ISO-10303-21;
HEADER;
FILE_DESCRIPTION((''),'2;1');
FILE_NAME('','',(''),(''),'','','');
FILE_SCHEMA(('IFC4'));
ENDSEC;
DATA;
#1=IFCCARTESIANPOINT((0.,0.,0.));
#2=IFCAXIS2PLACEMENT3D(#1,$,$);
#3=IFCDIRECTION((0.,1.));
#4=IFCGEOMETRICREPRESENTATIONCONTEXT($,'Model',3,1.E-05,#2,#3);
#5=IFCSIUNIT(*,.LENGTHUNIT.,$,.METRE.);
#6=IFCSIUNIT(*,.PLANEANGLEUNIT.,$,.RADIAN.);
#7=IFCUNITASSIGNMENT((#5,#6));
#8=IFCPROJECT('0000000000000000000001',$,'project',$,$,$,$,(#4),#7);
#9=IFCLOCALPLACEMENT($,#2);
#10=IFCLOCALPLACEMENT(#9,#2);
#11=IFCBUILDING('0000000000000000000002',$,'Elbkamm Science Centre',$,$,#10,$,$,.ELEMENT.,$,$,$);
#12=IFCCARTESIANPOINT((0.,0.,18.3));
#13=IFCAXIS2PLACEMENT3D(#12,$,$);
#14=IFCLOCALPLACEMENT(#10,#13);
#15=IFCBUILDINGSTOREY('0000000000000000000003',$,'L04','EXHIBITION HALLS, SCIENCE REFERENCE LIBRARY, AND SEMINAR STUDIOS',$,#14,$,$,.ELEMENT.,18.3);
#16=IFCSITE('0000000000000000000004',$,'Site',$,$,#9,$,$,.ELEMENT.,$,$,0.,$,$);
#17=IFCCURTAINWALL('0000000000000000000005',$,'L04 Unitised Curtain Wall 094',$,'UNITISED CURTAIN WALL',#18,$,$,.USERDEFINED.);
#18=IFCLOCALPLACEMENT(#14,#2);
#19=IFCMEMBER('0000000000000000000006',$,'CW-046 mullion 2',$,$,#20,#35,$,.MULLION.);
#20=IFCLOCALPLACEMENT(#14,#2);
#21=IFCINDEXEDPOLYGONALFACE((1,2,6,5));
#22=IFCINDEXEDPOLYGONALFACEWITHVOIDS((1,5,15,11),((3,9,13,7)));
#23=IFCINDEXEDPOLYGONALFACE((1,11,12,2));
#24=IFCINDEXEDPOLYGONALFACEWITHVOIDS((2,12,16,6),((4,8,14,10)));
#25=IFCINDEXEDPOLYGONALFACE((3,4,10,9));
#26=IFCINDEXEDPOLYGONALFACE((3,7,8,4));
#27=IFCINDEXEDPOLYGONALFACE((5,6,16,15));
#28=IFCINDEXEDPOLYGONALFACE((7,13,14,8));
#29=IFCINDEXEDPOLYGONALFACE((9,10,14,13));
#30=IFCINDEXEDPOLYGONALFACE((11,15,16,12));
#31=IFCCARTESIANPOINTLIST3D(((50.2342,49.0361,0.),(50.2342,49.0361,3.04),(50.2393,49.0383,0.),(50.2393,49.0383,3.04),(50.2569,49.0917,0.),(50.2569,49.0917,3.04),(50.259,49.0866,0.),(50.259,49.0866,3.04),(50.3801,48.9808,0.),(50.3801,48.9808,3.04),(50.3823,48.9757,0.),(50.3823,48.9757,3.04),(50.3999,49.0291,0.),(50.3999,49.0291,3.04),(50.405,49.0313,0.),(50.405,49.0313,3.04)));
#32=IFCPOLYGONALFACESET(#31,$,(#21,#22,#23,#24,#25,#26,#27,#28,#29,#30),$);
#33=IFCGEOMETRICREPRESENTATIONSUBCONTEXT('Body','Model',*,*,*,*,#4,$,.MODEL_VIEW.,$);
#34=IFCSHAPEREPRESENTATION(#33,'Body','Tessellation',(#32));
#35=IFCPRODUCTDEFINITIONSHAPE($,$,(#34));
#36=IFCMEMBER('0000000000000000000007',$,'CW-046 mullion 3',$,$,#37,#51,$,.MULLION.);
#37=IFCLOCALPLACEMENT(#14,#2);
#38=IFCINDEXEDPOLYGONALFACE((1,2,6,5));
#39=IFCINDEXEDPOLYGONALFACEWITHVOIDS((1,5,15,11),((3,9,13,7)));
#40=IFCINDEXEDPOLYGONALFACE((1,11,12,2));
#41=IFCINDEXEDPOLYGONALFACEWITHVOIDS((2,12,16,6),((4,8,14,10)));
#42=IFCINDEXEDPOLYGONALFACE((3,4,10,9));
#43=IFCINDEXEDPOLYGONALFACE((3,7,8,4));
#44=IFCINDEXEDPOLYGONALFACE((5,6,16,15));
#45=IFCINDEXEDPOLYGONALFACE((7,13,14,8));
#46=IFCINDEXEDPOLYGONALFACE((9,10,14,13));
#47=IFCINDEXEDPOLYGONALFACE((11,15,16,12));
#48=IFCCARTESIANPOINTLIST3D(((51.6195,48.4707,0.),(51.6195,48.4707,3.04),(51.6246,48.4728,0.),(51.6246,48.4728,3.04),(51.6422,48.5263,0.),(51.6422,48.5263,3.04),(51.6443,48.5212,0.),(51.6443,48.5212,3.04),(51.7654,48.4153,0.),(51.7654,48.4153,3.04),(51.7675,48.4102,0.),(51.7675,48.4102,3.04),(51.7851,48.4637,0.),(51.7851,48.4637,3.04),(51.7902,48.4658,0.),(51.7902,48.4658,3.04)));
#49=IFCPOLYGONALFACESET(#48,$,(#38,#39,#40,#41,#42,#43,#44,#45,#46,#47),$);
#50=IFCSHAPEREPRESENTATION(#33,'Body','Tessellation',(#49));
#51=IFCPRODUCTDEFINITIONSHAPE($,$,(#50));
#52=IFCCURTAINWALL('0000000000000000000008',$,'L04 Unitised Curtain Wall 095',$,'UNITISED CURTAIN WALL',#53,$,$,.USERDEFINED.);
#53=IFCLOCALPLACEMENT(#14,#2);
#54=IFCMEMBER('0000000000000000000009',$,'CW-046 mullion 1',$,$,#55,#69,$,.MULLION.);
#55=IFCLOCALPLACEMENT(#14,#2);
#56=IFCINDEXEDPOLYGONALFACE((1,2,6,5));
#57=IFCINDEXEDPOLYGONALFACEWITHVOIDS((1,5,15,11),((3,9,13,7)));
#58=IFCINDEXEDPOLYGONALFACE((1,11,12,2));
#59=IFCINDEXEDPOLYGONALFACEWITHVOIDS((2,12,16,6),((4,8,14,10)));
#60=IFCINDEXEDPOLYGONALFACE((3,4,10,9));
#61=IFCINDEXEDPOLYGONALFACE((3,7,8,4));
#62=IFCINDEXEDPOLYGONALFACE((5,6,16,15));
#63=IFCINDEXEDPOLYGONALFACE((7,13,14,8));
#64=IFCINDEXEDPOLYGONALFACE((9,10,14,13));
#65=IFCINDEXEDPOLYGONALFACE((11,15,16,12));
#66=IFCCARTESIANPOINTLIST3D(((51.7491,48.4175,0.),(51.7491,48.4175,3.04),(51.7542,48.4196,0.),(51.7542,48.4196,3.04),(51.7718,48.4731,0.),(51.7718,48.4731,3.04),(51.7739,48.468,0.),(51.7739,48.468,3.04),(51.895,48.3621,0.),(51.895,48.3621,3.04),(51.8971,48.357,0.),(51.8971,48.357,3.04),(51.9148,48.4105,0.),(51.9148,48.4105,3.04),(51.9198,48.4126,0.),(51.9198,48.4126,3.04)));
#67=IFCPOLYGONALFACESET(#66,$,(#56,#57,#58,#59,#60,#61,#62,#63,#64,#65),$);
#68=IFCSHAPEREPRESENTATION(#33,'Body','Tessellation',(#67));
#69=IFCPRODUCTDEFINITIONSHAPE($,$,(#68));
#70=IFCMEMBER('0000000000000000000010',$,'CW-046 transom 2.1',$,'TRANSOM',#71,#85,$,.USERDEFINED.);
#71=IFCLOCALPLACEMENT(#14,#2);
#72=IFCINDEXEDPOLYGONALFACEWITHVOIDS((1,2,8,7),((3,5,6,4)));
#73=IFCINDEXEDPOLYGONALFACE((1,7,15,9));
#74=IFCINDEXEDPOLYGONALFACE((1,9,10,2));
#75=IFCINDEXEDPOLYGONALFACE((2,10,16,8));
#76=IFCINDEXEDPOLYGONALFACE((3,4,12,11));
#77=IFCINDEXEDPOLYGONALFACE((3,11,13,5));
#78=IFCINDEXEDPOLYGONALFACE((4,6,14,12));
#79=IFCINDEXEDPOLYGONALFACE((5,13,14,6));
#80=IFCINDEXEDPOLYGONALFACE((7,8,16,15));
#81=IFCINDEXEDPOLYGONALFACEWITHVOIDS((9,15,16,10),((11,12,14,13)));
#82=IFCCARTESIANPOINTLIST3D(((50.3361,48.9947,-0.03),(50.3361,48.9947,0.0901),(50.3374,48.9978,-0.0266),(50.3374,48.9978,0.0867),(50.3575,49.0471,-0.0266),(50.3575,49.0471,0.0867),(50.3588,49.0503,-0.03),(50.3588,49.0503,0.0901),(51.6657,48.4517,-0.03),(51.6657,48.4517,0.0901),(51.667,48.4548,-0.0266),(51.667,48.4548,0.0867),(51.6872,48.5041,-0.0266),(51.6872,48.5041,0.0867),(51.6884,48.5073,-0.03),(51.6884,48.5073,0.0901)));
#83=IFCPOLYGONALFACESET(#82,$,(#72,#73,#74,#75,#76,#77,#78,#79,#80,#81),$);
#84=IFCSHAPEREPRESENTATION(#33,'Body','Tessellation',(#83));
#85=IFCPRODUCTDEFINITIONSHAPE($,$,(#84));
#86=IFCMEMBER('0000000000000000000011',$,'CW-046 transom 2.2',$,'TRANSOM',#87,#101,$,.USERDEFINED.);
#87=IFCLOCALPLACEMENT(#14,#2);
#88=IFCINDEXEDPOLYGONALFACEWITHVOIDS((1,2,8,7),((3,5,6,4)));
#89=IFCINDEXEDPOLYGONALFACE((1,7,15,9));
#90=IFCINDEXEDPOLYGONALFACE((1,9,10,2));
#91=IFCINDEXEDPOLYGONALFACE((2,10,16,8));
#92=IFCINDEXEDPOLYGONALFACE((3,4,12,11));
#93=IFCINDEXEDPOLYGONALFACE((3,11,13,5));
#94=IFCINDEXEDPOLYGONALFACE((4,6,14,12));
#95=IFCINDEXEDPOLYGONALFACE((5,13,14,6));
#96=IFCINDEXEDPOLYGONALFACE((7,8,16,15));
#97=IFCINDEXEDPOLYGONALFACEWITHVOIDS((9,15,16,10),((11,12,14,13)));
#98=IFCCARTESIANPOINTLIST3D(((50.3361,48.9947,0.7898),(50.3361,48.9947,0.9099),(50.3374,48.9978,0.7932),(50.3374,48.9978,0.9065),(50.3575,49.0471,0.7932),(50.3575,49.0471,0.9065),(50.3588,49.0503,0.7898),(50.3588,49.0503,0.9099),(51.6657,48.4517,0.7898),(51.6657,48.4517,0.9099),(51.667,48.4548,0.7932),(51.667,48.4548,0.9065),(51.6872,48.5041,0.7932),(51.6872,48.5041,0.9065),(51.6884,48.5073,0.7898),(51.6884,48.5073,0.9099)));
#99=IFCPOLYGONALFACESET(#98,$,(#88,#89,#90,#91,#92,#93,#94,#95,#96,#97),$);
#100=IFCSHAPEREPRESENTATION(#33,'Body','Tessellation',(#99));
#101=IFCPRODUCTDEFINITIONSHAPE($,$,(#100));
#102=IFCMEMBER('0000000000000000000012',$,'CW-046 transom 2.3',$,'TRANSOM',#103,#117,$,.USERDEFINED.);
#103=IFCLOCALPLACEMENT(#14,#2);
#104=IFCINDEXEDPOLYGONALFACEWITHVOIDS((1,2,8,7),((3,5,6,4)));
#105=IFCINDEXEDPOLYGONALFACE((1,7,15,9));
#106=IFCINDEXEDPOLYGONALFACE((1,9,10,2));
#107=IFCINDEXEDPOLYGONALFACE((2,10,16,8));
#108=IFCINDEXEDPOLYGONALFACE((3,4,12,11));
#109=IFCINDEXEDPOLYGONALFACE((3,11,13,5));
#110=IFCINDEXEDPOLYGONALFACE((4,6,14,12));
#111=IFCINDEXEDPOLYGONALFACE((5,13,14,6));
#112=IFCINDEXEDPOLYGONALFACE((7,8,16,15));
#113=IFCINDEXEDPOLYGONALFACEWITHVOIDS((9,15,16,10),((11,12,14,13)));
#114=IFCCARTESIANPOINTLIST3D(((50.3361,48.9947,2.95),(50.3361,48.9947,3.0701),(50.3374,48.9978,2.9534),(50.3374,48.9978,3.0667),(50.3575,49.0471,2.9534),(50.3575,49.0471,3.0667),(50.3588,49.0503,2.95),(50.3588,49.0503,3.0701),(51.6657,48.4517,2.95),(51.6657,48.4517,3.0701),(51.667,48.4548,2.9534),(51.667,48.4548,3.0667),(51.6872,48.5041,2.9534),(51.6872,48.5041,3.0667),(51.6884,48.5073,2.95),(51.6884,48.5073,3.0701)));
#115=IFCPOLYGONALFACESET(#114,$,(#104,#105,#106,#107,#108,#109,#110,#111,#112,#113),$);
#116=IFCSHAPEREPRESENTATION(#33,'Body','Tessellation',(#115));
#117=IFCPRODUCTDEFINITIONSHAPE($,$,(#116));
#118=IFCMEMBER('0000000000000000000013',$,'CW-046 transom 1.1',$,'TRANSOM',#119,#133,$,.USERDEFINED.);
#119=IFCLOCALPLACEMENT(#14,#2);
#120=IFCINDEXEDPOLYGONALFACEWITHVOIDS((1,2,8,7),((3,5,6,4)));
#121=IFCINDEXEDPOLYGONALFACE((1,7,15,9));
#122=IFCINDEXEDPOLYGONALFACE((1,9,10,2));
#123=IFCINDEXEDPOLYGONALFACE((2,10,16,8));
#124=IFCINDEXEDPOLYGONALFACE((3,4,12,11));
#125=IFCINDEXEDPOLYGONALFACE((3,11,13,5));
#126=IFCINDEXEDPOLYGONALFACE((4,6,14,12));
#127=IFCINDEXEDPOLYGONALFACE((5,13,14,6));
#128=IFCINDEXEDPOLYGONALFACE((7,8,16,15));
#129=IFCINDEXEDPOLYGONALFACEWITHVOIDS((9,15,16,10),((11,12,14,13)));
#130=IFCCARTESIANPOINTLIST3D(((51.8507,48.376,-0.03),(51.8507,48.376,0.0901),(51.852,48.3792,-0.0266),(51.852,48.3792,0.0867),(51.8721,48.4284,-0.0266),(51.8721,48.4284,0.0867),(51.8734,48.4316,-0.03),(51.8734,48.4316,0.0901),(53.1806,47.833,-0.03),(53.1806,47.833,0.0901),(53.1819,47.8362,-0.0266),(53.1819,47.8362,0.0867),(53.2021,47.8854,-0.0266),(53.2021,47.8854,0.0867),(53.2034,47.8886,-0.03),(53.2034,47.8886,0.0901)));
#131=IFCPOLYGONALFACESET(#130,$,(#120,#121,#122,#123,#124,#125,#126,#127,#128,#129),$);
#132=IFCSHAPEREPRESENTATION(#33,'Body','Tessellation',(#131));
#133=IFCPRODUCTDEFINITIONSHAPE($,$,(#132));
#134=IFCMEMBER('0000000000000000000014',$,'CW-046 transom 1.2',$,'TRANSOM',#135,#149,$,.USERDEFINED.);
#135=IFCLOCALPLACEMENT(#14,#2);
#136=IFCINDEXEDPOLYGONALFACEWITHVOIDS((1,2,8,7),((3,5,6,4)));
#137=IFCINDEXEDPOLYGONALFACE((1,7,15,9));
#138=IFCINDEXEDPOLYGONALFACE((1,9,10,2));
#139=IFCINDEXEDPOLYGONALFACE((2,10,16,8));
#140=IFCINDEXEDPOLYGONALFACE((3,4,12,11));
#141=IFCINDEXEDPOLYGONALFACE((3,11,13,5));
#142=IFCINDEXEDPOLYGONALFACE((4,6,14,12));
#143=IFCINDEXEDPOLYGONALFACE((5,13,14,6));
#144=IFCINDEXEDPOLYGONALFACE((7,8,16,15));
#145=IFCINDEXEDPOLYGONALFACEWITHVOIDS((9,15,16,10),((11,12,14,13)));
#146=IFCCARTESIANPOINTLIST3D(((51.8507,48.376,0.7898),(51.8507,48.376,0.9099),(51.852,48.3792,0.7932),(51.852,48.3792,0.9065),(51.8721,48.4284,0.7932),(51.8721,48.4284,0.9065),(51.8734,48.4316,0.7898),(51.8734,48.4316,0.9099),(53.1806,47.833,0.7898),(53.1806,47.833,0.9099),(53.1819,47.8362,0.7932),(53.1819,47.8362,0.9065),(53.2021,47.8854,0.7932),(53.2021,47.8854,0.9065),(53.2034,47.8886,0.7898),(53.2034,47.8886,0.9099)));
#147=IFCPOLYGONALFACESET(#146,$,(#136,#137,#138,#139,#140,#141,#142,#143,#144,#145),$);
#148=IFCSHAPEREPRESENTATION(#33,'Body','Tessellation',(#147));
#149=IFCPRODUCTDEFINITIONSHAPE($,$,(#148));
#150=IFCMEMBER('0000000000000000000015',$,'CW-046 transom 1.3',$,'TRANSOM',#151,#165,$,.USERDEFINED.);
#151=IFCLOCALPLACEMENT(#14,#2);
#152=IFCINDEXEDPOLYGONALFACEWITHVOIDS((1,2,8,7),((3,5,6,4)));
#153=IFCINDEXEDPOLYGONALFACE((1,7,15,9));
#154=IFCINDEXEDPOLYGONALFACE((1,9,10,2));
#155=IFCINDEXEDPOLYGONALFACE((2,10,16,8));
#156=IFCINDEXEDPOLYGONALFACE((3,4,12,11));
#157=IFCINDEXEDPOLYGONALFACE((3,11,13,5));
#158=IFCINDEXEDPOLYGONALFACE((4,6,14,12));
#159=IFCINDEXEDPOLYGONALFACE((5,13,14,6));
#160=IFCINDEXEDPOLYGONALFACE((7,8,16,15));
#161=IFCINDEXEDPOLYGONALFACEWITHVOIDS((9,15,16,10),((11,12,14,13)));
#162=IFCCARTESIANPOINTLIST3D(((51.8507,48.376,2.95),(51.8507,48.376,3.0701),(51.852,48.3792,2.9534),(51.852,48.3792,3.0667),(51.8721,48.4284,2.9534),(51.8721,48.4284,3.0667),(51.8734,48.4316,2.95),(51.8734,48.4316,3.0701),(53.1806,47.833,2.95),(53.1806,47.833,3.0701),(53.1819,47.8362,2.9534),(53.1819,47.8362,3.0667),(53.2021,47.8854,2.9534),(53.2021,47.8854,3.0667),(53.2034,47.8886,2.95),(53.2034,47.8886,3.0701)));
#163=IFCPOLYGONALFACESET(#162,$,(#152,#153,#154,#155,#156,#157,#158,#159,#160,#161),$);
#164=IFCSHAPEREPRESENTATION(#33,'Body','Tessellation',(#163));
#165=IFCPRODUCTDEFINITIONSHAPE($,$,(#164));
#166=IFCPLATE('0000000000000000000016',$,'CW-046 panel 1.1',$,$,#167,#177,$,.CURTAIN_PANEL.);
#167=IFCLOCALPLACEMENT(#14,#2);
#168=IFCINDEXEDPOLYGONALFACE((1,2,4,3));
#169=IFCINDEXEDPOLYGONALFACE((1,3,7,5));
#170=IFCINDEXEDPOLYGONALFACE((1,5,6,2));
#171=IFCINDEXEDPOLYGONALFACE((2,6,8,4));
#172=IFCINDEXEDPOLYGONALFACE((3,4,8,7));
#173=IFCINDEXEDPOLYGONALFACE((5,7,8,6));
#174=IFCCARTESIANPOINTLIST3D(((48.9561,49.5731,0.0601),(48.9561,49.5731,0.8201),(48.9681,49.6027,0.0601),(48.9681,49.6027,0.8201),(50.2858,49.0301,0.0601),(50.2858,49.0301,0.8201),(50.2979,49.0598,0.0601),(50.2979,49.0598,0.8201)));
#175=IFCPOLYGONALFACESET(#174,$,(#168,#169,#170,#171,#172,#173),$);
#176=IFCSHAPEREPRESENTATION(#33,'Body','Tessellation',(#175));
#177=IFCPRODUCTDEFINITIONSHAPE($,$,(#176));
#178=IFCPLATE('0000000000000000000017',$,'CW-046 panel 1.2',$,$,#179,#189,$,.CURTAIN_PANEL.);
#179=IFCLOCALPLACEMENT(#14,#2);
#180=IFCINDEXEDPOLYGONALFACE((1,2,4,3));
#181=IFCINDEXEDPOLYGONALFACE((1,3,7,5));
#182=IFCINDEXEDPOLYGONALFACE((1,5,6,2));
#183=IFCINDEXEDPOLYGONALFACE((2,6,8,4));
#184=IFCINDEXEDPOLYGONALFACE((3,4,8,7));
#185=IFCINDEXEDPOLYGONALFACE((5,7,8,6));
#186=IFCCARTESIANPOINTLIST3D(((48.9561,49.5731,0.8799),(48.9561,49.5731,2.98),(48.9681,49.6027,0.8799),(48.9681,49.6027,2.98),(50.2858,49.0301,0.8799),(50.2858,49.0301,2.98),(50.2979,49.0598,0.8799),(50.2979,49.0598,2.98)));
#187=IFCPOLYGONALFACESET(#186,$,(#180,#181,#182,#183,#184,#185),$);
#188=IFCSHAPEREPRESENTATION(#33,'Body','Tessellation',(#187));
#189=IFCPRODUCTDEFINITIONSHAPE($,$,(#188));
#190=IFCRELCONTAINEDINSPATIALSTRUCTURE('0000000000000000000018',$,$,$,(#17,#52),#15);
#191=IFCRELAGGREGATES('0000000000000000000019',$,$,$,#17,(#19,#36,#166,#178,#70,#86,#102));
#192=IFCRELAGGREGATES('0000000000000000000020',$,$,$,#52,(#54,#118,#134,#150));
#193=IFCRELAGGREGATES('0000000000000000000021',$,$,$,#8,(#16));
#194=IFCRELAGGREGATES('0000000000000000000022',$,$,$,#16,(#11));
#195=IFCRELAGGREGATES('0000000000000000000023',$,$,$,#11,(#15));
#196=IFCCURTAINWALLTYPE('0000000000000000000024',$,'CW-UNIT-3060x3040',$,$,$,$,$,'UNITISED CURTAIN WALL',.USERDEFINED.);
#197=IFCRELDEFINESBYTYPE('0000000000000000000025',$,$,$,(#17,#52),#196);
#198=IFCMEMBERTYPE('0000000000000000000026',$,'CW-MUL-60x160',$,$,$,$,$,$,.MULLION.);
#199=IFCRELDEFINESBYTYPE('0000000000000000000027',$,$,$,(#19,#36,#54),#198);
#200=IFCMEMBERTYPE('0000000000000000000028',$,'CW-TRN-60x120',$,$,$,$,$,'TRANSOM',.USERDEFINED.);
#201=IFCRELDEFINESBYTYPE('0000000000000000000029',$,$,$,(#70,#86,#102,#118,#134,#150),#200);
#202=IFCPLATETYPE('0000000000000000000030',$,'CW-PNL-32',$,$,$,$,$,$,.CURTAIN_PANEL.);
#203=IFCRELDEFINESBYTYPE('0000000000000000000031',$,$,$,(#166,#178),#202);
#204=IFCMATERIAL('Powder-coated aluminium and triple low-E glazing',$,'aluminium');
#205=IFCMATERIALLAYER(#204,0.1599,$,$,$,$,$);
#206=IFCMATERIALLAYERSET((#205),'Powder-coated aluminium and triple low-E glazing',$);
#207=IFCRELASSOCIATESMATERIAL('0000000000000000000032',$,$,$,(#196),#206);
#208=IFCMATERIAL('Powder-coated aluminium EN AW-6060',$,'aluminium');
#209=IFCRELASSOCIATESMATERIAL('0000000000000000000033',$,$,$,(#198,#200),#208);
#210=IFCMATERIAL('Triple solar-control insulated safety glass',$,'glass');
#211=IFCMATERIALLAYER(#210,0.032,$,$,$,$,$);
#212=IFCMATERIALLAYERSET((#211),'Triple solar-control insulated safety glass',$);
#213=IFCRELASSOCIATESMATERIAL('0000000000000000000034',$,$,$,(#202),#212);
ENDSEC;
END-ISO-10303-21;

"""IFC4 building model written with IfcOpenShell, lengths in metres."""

from ifc_helpers import new_model, si_unit, direction, frame, origin, origin_2d, place, context, subcontext, project, spatial, rectangle, hollow_rectangle, extrude, material, layer, layer_set, material_profile, profile_set, type_object, element, aggregate, save


model = new_model("IFC4")

# Units and contexts
model_context = context("Model", 3, precision=1e-05, world=origin(), true_north=direction((0.0, 1.0)))
body_context = subcontext(model_context, "Body", "Model", "MODEL_VIEW")
ifc_project = project(units=[si_unit("LENGTHUNIT", "METRE"), si_unit("PLANEANGLEUNIT", "RADIAN")], contexts=[model_context])

# Site, building, storey
site_placement = place(None, origin())
site = spatial("IfcSite", under=ifc_project, at=site_placement, Name="Site", CompositionType="ELEMENT", RefElevation=0.0)
building_placement = place(site_placement, origin())
building = spatial("IfcBuilding", under=site, at=building_placement, Name="Elbkamm Science Centre", CompositionType="ELEMENT")
storey_placement = place(building_placement, frame((0.0, 0.0, 18.3)))
storey = spatial("IfcBuildingStorey", under=building, at=storey_placement, Name="L04", Description="EXHIBITION HALLS, SCIENCE REFERENCE LIBRARY, AND SEMINAR STUDIOS", CompositionType="ELEMENT", Elevation=18.3)

# Curtain wall, members
ifc_material_1 = material(Name="Powder-coated aluminium and triple low-E glazing", Category="aluminium")
ifc_layer_1 = layer(ifc_material_1, 0.1599)
ifc_layer_set_1 = layer_set([ifc_layer_1], Name="Powder-coated aluminium and triple low-E glazing")
curtain_wall_type = type_object("IfcCurtainWallType", Name="CW-UNIT-3060x3040", ElementType="UNITISED CURTAIN WALL", PredefinedType="USERDEFINED", material=ifc_layer_set_1)
curtain_wall_1_placement = place(storey_placement, origin())
curtain_wall_1 = element("IfcCurtainWall", 1, at=curtain_wall_1_placement, inside=storey, type_object=curtain_wall_type, Name="L04 Unitised Curtain Wall 094", ObjectType="UNITISED CURTAIN WALL", PredefinedType="USERDEFINED")
ifc_material_2 = material(Name="Powder-coated aluminium EN AW-6060", Category="aluminium")
ifc_material_profile_1 = material_profile(ifc_material_2, hollow_rectangle(XDim=0.0601, YDim=0.1599, WallThickness=0.0039, at=origin_2d()), Name="ALU M60x160")
ifc_profile_set_1 = profile_set([ifc_material_profile_1], Name="Powder-coated aluminium EN AW-6060")
member_type_1 = type_object("IfcMemberType", Name="CW-MUL-60x160", PredefinedType="MULLION", material=ifc_profile_set_1)
member_1_placement = place(storey_placement, frame((50.3196, 49.0337, 0.0), z_axis=(0.0, 0.0, 1.0), x_axis=(0.378001, 0.925805, 0.0)))
member_1 = element("IfcMember", 2, at=member_1_placement, type_object=member_type_1, Name="CW-046 mullion 2", PredefinedType="MULLION", context=body_context, shape_type="SweptSolid", body=[
    extrude(hollow_rectangle(XDim=0.0601, YDim=0.1599, WallThickness=0.0039, at=origin_2d()), origin(), (0.0, 0.0, 1.0), 3.04),
])
member_2_placement = place(storey_placement, frame((51.7048, 48.4683, 0.0), z_axis=(0.0, 0.0, 1.0), x_axis=(0.378001, 0.925805, 0.0)))
member_2 = element("IfcMember", 3, at=member_2_placement, type_object=member_type_1, Name="CW-046 mullion 3", PredefinedType="MULLION", context=body_context, shape_type="SweptSolid", body=[
    extrude(hollow_rectangle(XDim=0.0601, YDim=0.1599, WallThickness=0.0039, at=origin_2d()), origin(), (0.0, 0.0, 1.0), 3.04),
])

# Curtain wall, member
curtain_wall_2_placement = place(storey_placement, origin())
curtain_wall_2 = element("IfcCurtainWall", 4, at=curtain_wall_2_placement, inside=storey, type_object=curtain_wall_type, Name="L04 Unitised Curtain Wall 095", ObjectType="UNITISED CURTAIN WALL", PredefinedType="USERDEFINED")
member_3_placement = place(storey_placement, frame((51.8345, 48.415, 0.0), z_axis=(0.0, 0.0, 1.0), x_axis=(0.378001, 0.925805, 0.0)))
member_3 = element("IfcMember", 5, at=member_3_placement, type_object=member_type_1, Name="CW-046 mullion 1", PredefinedType="MULLION", context=body_context, shape_type="SweptSolid", body=[
    extrude(hollow_rectangle(XDim=0.0601, YDim=0.1599, WallThickness=0.0039, at=origin_2d()), origin(), (0.0, 0.0, 1.0), 3.04),
])

# Members
ifc_material_profile_2 = material_profile(ifc_material_2, hollow_rectangle(XDim=0.0601, YDim=0.1201, WallThickness=0.0034, at=origin_2d()), Name="ALU T60x120")
ifc_profile_set_2 = profile_set([ifc_material_profile_2], Name="Powder-coated aluminium EN AW-6060")
member_type_2 = type_object("IfcMemberType", Name="CW-TRN-60x120", ElementType="TRANSOM", PredefinedType="USERDEFINED", material=ifc_profile_set_2)
member_4_placement = place(storey_placement, frame((50.3474, 49.0225, 0.03), z_axis=(0.92578, -0.378064, 0.0), x_axis=(0.378064, 0.92578, 0.0)))
member_4 = element("IfcMember", 6, at=member_4_placement, type_object=member_type_2, Name="CW-046 transom 2.1", ObjectType="TRANSOM", PredefinedType="USERDEFINED", context=body_context, shape_type="SweptSolid", body=[
    extrude(hollow_rectangle(XDim=0.0601, YDim=0.1201, WallThickness=0.0034, at=origin_2d()), origin(), (0.0, 0.0, 1.0), 1.4363),
])
member_5_placement = place(storey_placement, frame((50.3474, 49.0225, 0.8499), z_axis=(0.92578, -0.378064, 0.0), x_axis=(0.378064, 0.92578, 0.0)))
member_5 = element("IfcMember", 7, at=member_5_placement, type_object=member_type_2, Name="CW-046 transom 2.2", ObjectType="TRANSOM", PredefinedType="USERDEFINED", context=body_context, shape_type="SweptSolid", body=[
    extrude(hollow_rectangle(XDim=0.0601, YDim=0.1201, WallThickness=0.0034, at=origin_2d()), origin(), (0.0, 0.0, 1.0), 1.4363),
])
member_6_placement = place(storey_placement, frame((50.3474, 49.0225, 3.01), z_axis=(0.92578, -0.378064, 0.0), x_axis=(0.378064, 0.92578, 0.0)))
member_6 = element("IfcMember", 8, at=member_6_placement, type_object=member_type_2, Name="CW-046 transom 2.3", ObjectType="TRANSOM", PredefinedType="USERDEFINED", context=body_context, shape_type="SweptSolid", body=[
    extrude(hollow_rectangle(XDim=0.0601, YDim=0.1201, WallThickness=0.0034, at=origin_2d()), origin(), (0.0, 0.0, 1.0), 1.4363),
])
member_7_placement = place(storey_placement, frame((51.8621, 48.4038, 0.03), z_axis=(0.925804, -0.378004, 0.0), x_axis=(0.378004, 0.925804, 0.0)))
member_7 = element("IfcMember", 9, at=member_7_placement, type_object=member_type_2, Name="CW-046 transom 1.1", ObjectType="TRANSOM", PredefinedType="USERDEFINED", context=body_context, shape_type="SweptSolid", body=[
    extrude(hollow_rectangle(XDim=0.0601, YDim=0.1201, WallThickness=0.0034, at=origin_2d()), origin(), (0.0, 0.0, 1.0), 1.4365),
])
member_8_placement = place(storey_placement, frame((51.8621, 48.4038, 0.8499), z_axis=(0.925804, -0.378004, 0.0), x_axis=(0.378004, 0.925804, 0.0)))
member_8 = element("IfcMember", 10, at=member_8_placement, type_object=member_type_2, Name="CW-046 transom 1.2", ObjectType="TRANSOM", PredefinedType="USERDEFINED", context=body_context, shape_type="SweptSolid", body=[
    extrude(hollow_rectangle(XDim=0.0601, YDim=0.1201, WallThickness=0.0034, at=origin_2d()), origin(), (0.0, 0.0, 1.0), 1.4365),
])
member_9_placement = place(storey_placement, frame((51.8621, 48.4038, 3.01), z_axis=(0.925804, -0.378004, 0.0), x_axis=(0.378004, 0.925804, 0.0)))
member_9 = element("IfcMember", 11, at=member_9_placement, type_object=member_type_2, Name="CW-046 transom 1.3", ObjectType="TRANSOM", PredefinedType="USERDEFINED", context=body_context, shape_type="SweptSolid", body=[
    extrude(hollow_rectangle(XDim=0.0601, YDim=0.1201, WallThickness=0.0034, at=origin_2d()), origin(), (0.0, 0.0, 1.0), 1.4365),
])

# Plates
ifc_material_3 = material(Name="Triple solar-control insulated safety glass", Category="glass")
ifc_layer_2 = layer(ifc_material_3, 0.032)
ifc_layer_set_2 = layer_set([ifc_layer_2], Name="Triple solar-control insulated safety glass")
plate_type = type_object("IfcPlateType", Name="CW-PNL-32", PredefinedType="CURTAIN_PANEL", material=ifc_layer_set_2)
plate_1_placement = place(storey_placement, frame((49.627, 49.3164, 0.0601), z_axis=(0.0, 0.0, 1.0), x_axis=(0.925805, -0.378001, 0.0)))
plate_1 = element("IfcPlate", 12, at=plate_1_placement, type_object=plate_type, Name="CW-046 panel 1.1", PredefinedType="CURTAIN_PANEL", context=body_context, shape_type="SweptSolid", body=[
    extrude(rectangle(XDim=1.4363, YDim=0.032, at=origin_2d()), origin(), (0.0, 0.0, 1.0), 0.76),
])
plate_2_placement = place(storey_placement, frame((49.627, 49.3164, 0.8799), z_axis=(0.0, 0.0, 1.0), x_axis=(0.925805, -0.378001, 0.0)))
plate_2 = element("IfcPlate", 13, at=plate_2_placement, type_object=plate_type, Name="CW-046 panel 1.2", PredefinedType="CURTAIN_PANEL", context=body_context, shape_type="SweptSolid", body=[
    extrude(rectangle(XDim=1.4363, YDim=0.032, at=origin_2d()), origin(), (0.0, 0.0, 1.0), 2.1001),
])
aggregate(curtain_wall_1, [member_1, member_2, plate_1, plate_2, member_4, member_5, member_6])
aggregate(curtain_wall_2, [member_3, member_7, member_8, member_9])

save(model, "model.ifc")
